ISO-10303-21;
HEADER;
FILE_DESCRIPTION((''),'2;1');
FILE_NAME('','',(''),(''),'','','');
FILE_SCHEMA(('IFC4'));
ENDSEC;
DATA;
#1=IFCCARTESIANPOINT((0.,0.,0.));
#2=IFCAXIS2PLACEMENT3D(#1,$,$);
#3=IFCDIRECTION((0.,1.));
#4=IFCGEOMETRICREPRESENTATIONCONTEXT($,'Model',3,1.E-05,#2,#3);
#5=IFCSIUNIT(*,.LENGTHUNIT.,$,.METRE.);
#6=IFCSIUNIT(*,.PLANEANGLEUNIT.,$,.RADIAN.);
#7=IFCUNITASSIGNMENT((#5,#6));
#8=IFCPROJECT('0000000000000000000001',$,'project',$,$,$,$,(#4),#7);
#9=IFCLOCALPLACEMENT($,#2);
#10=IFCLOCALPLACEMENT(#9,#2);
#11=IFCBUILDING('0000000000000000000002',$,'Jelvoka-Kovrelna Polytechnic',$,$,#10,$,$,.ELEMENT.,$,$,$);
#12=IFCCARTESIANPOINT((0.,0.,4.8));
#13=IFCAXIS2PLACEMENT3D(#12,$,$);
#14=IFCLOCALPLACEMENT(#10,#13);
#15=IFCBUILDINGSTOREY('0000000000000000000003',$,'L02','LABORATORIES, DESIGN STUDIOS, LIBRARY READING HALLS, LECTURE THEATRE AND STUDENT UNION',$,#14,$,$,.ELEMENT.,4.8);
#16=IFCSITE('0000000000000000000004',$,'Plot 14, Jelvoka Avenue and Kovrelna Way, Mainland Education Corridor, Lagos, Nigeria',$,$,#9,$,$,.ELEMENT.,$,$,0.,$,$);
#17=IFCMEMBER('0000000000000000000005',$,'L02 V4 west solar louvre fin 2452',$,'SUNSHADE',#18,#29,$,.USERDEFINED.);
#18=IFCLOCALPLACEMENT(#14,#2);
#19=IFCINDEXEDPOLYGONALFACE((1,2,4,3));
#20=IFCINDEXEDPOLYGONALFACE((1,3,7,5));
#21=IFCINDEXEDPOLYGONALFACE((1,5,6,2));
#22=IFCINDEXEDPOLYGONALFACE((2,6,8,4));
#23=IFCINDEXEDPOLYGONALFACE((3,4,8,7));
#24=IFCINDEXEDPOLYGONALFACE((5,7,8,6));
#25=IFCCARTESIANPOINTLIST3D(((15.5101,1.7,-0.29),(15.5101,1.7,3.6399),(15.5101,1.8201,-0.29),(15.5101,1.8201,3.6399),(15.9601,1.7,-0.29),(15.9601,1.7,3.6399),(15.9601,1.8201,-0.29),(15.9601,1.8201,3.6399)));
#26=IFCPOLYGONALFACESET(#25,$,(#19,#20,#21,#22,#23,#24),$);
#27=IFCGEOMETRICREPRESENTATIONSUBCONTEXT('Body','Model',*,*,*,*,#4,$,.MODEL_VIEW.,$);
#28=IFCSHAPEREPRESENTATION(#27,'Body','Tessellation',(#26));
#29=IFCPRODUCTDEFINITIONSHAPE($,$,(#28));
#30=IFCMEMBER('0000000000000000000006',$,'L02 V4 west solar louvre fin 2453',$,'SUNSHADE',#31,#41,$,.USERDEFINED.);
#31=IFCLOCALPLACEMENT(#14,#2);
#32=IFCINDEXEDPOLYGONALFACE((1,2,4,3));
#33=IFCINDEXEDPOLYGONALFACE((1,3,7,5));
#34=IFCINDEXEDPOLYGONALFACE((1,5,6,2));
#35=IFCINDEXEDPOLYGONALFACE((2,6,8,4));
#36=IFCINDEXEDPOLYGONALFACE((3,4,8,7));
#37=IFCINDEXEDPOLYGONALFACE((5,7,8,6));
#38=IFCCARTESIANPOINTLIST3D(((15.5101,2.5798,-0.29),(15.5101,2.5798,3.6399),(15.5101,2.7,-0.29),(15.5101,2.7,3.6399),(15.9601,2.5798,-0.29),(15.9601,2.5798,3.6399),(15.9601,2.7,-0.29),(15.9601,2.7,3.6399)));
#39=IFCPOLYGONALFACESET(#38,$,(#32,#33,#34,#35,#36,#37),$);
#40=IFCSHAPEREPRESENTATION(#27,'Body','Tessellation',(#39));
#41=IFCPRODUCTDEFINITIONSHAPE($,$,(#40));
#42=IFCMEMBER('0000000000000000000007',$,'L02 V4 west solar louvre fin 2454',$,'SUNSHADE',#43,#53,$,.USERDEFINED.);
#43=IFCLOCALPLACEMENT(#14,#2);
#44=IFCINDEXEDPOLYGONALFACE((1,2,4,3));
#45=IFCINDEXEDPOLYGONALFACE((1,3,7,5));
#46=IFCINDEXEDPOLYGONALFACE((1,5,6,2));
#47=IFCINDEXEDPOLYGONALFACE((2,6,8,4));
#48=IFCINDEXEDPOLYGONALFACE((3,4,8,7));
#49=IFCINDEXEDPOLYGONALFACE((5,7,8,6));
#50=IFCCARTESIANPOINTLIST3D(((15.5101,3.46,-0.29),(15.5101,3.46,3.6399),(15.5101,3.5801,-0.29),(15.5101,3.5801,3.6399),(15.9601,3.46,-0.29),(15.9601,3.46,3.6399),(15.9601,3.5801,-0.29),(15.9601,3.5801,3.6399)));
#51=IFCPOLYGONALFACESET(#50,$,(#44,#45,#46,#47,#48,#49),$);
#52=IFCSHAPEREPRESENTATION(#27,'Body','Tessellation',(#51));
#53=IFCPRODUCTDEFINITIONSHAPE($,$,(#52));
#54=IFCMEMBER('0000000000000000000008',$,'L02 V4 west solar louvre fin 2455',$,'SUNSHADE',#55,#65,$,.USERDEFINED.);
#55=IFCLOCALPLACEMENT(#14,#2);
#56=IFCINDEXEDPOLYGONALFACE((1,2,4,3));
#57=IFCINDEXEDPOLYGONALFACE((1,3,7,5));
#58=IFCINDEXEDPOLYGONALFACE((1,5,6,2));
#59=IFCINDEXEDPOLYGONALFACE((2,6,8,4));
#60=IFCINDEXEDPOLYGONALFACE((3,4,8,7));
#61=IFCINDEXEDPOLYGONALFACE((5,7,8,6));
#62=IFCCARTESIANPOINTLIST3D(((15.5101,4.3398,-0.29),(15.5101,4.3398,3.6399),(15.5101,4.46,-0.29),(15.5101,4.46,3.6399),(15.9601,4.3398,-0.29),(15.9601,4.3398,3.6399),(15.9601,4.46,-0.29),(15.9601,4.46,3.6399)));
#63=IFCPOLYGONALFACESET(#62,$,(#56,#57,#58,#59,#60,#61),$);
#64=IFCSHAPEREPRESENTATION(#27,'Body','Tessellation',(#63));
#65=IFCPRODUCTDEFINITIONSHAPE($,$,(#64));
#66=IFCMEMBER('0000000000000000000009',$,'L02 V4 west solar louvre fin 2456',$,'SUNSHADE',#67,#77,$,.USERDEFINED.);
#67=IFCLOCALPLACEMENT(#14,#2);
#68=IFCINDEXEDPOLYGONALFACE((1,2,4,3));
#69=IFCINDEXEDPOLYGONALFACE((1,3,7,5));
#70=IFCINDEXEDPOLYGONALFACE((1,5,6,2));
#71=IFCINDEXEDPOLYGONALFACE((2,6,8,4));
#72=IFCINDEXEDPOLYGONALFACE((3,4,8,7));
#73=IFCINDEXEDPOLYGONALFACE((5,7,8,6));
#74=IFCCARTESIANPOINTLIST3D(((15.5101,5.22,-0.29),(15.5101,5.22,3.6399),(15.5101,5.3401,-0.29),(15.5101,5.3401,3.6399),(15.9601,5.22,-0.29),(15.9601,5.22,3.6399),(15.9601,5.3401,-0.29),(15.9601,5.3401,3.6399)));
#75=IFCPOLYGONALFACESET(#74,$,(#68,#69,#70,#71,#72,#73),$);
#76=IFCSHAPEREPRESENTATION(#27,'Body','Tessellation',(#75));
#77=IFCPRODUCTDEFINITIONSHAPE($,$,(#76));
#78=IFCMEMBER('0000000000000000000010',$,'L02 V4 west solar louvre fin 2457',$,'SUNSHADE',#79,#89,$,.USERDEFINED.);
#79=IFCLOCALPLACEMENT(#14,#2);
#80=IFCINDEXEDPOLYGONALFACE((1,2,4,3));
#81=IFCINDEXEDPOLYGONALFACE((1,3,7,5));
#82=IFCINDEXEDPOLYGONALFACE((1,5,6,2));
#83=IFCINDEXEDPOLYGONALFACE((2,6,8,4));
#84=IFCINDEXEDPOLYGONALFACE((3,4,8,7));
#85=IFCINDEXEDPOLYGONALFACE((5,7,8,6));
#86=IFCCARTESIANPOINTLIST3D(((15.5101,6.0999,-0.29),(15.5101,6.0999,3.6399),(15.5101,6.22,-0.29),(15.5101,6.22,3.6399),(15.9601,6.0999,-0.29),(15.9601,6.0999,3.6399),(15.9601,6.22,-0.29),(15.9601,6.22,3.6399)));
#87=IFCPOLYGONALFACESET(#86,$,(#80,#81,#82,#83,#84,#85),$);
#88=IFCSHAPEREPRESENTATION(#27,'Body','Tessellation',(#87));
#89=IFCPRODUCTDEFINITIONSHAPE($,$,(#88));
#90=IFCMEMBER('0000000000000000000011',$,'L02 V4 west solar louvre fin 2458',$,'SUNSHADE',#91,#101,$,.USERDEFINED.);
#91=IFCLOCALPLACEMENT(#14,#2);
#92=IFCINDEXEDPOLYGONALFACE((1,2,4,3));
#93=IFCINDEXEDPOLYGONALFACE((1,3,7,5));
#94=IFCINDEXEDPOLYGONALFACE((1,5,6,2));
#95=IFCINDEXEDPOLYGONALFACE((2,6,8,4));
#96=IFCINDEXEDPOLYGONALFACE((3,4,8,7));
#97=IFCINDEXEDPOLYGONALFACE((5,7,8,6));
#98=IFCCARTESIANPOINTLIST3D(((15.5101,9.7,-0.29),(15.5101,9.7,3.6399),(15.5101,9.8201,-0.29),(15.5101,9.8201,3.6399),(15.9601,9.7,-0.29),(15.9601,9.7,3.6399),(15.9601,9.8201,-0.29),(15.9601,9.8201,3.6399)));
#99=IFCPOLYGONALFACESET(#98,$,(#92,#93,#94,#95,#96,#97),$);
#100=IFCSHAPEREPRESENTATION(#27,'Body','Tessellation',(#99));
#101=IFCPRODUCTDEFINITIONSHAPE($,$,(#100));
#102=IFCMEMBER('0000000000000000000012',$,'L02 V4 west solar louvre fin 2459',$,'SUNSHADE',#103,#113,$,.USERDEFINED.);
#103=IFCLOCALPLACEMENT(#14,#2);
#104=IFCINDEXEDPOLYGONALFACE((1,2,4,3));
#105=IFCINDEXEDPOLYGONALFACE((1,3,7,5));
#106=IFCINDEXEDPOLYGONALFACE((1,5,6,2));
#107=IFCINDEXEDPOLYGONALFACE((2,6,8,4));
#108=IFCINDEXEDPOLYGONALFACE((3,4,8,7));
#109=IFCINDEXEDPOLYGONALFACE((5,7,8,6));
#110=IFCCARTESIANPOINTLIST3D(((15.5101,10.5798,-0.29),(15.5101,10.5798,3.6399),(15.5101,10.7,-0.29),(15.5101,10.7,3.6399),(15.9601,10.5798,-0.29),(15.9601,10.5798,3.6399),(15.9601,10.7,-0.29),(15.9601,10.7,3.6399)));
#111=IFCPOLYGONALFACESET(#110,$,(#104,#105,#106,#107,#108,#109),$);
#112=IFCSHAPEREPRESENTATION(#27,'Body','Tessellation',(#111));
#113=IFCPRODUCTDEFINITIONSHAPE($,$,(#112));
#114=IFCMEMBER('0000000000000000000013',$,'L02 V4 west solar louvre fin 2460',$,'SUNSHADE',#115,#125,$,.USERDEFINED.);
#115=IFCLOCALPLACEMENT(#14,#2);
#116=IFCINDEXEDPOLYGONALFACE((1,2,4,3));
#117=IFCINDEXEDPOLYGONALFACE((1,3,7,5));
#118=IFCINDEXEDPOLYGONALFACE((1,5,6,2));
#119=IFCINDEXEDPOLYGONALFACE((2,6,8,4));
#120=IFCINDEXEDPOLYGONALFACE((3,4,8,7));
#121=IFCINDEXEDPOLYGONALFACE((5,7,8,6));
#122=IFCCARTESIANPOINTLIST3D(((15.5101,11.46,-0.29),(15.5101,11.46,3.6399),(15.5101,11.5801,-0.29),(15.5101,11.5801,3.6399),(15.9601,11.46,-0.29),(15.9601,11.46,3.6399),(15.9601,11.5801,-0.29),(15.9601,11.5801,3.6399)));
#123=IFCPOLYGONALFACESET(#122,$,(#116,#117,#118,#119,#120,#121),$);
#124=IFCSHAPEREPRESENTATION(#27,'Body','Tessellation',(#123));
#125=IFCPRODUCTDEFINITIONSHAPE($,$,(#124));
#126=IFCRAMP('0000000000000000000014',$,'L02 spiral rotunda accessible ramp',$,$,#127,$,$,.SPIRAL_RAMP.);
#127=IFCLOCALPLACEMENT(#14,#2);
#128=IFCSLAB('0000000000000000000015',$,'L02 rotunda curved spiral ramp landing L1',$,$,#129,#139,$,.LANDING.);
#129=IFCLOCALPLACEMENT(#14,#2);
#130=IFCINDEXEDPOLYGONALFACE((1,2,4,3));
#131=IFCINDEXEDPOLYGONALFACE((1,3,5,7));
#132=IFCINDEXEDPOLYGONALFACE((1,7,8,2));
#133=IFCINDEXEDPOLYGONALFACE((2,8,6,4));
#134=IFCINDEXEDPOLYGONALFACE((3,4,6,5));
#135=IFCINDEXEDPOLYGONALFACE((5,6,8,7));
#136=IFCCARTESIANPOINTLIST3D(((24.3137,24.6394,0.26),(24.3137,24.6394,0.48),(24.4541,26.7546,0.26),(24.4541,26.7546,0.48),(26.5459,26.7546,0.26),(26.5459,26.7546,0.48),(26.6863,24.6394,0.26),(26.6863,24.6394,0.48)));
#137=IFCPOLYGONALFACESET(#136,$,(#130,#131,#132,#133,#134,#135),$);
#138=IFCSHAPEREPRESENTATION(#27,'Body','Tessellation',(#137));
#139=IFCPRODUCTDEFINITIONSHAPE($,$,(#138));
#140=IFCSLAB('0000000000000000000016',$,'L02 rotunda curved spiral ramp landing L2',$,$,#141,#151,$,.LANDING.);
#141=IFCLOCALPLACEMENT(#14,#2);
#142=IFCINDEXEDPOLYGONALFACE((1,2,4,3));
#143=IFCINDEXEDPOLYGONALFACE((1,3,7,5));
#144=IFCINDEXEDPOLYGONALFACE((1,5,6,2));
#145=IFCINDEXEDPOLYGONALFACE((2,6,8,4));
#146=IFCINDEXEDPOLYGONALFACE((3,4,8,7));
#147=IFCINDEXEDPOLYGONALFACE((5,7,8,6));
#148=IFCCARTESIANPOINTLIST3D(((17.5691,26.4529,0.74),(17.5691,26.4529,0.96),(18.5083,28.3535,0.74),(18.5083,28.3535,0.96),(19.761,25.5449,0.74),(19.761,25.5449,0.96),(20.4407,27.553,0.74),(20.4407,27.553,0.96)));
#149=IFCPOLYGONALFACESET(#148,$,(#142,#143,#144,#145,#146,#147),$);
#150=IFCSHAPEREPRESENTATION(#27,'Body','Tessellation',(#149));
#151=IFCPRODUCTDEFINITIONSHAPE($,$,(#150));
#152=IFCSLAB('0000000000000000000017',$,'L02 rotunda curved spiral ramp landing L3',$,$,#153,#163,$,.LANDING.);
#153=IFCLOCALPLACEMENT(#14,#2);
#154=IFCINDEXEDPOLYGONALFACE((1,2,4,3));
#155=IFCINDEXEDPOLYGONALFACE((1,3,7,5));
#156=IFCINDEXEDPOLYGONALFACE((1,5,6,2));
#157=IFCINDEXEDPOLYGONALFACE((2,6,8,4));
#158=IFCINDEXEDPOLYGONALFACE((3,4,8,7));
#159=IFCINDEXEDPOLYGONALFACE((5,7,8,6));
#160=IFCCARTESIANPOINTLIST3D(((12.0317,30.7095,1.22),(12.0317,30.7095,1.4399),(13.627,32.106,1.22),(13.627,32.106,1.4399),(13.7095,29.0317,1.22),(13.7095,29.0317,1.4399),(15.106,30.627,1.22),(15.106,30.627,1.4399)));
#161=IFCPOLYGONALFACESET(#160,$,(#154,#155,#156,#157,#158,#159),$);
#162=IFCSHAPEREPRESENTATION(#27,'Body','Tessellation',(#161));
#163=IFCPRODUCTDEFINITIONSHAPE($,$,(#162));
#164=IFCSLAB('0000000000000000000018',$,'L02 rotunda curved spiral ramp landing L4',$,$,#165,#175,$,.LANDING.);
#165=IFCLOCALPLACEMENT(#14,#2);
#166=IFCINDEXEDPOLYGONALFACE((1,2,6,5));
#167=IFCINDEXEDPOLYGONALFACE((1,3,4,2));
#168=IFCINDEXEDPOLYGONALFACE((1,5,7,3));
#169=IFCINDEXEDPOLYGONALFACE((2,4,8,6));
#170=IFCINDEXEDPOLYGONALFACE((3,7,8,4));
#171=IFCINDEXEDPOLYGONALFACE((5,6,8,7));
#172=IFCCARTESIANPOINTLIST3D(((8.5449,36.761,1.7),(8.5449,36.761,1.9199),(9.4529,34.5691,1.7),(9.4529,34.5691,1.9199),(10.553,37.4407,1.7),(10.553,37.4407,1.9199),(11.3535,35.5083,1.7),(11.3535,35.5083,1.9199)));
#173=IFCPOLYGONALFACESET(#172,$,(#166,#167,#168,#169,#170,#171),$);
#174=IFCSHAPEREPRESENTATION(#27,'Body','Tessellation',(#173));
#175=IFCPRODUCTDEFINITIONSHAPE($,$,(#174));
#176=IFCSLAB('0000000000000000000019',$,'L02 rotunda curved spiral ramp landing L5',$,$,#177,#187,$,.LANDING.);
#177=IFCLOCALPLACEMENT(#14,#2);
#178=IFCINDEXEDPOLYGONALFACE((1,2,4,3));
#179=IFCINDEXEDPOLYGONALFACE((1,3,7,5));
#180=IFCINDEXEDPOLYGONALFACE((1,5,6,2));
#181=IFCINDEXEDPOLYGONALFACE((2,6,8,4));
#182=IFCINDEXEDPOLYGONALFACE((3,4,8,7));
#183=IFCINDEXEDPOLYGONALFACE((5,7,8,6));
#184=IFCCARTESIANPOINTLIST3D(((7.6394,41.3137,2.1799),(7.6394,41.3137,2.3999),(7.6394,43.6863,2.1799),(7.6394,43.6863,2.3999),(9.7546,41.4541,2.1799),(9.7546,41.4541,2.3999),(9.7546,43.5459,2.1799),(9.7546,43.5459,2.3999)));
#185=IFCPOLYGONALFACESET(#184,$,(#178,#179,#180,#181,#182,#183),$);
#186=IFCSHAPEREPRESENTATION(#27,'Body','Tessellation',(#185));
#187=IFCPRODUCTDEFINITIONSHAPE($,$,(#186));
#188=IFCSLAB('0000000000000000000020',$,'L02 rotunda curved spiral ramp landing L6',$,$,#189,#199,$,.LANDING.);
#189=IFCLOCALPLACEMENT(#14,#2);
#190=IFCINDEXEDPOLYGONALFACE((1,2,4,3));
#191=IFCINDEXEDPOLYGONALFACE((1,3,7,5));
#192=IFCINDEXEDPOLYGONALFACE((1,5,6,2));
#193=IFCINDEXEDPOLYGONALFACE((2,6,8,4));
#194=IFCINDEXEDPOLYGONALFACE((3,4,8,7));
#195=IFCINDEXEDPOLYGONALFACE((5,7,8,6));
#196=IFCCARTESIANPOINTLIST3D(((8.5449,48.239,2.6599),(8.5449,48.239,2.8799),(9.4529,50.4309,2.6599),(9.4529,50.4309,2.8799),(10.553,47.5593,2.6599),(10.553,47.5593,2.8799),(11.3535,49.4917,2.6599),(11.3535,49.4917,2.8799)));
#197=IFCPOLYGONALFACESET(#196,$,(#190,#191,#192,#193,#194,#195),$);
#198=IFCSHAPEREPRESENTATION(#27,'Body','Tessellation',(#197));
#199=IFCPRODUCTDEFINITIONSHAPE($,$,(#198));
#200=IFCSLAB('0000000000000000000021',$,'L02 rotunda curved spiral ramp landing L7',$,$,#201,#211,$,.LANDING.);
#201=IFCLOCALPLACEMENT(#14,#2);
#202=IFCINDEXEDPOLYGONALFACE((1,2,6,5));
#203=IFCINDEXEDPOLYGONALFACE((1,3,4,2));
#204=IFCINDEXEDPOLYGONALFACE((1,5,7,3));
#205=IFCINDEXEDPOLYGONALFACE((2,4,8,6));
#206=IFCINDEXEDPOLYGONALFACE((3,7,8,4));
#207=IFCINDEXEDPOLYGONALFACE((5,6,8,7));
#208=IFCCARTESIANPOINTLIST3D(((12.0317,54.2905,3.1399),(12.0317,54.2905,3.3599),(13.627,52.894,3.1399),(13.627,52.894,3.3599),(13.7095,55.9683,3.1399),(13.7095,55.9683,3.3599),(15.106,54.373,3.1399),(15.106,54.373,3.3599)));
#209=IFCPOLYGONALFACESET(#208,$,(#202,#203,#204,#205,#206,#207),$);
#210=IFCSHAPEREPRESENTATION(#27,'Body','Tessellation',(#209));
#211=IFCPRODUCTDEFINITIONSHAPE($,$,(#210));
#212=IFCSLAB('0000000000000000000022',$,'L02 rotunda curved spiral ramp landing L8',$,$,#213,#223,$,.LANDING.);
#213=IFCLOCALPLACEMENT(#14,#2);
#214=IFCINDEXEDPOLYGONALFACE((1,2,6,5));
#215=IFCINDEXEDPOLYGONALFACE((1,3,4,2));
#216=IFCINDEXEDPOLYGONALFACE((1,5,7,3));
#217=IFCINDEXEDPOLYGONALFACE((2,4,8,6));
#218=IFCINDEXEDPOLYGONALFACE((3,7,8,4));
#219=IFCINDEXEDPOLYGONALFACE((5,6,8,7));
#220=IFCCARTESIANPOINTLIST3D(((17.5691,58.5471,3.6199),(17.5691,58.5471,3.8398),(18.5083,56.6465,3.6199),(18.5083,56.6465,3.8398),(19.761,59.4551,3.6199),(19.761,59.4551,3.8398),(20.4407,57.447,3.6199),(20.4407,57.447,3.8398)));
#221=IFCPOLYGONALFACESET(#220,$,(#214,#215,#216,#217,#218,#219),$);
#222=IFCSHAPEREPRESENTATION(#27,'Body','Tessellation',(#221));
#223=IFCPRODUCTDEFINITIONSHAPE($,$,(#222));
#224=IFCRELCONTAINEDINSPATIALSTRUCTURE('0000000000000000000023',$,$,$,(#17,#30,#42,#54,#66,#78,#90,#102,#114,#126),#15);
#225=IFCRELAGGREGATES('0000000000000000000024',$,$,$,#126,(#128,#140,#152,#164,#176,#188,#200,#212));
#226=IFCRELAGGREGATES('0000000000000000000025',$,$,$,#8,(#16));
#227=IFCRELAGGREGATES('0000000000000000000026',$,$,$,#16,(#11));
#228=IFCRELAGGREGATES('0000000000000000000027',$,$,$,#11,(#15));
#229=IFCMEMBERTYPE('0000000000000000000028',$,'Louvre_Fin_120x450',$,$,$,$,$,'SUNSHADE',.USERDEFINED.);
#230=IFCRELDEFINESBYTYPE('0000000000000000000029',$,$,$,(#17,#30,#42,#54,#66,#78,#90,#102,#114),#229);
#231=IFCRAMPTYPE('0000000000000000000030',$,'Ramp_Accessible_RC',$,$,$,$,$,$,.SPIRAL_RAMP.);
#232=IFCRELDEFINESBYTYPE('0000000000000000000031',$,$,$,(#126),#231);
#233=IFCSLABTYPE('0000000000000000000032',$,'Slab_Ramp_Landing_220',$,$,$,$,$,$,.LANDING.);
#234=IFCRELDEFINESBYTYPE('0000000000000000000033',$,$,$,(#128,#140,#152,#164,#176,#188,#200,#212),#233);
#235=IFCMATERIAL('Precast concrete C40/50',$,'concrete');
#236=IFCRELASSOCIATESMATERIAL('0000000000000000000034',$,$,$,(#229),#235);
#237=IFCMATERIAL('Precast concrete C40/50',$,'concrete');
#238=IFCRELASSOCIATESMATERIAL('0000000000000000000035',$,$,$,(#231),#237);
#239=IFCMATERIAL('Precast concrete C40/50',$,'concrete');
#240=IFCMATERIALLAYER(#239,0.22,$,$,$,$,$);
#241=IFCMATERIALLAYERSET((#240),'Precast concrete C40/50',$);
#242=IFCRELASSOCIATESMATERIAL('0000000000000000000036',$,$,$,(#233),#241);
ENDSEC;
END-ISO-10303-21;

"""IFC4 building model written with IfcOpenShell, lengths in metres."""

from ifc_helpers import new_model, si_unit, direction, frame, origin, origin_2d, place, context, subcontext, project, spatial, polyline, rectangle, outline, extrude, material, layer, layer_set, material_profile, profile_set, type_object, element, aggregate, save


model = new_model("IFC4")

# Units and contexts
model_context = context("Model", 3, precision=1e-05, world=origin(), true_north=direction((0.0, 1.0)))
body_context = subcontext(model_context, "Body", "Model", "MODEL_VIEW")
ifc_project = project(units=[si_unit("LENGTHUNIT", "METRE"), si_unit("PLANEANGLEUNIT", "RADIAN")], contexts=[model_context])

# Site, building, storey
site_placement = place(None, origin())
site = spatial("IfcSite", under=ifc_project, at=site_placement, Name="Plot 14, Jelvoka Avenue and Kovrelna Way, Mainland Education Corridor, Lagos, Nigeria", CompositionType="ELEMENT", RefElevation=0.0)
building_placement = place(site_placement, origin())
building = spatial("IfcBuilding", under=site, at=building_placement, Name="Jelvoka-Kovrelna Polytechnic", CompositionType="ELEMENT")
storey_placement = place(building_placement, frame((0.0, 0.0, 4.8)))
storey = spatial("IfcBuildingStorey", under=building, at=storey_placement, Name="L02", Description="LABORATORIES, DESIGN STUDIOS, LIBRARY READING HALLS, LECTURE THEATRE AND STUDENT UNION", CompositionType="ELEMENT", Elevation=4.8)

# Members
ifc_material_1 = material(Name="Precast concrete C40/50", Category="concrete")
ifc_material_profile = material_profile(ifc_material_1, rectangle(XDim=0.1201, YDim=0.45, at=origin_2d()), Name="PC 120x450")
ifc_profile_set = profile_set([ifc_material_profile], Name="Precast concrete C40/50")
member_type = type_object("IfcMemberType", Name="Louvre_Fin_120x450", ElementType="SUNSHADE", PredefinedType="USERDEFINED", material=ifc_profile_set)
for number, where, z_axis, x_axis, name in (
    (1, (15.7351, 1.76, -0.29), (0.0, 0.0, 1.0), (0.0, 1.0, 0.0), "L02 V4 west solar louvre fin 2452"),
    (2, (15.7351, 2.6399, -0.29), (0.0, 0.0, 1.0), (0.0, 1.0, 0.0), "L02 V4 west solar louvre fin 2453"),
    (3, (15.7351, 3.52, -0.29), (0.0, 0.0, 1.0), (0.0, 1.0, 0.0), "L02 V4 west solar louvre fin 2454"),
    (4, (15.7351, 4.3999, -0.29), (0.0, 0.0, 1.0), (0.0, 1.0, 0.0), "L02 V4 west solar louvre fin 2455"),
    (5, (15.7351, 5.28, -0.29), (0.0, 0.0, 1.0), (0.0, 1.0, 0.0), "L02 V4 west solar louvre fin 2456"),
    (6, (15.7351, 6.1599, -0.29), (0.0, 0.0, 1.0), (0.0, 1.0, 0.0), "L02 V4 west solar louvre fin 2457"),
    (7, (15.7351, 9.76, -0.29), (0.0, 0.0, 1.0), (0.0, 1.0, 0.0), "L02 V4 west solar louvre fin 2458"),
    (8, (15.7351, 10.6399, -0.29), (0.0, 0.0, 1.0), (0.0, 1.0, 0.0), "L02 V4 west solar louvre fin 2459"),
    (9, (15.7351, 11.52, -0.29), (0.0, 0.0, 1.0), (0.0, 1.0, 0.0), "L02 V4 west solar louvre fin 2460"),
):
    element("IfcMember", number, at=place(storey_placement, frame(where, z_axis=z_axis, x_axis=x_axis)), inside=storey, type_object=member_type, Name=name, ObjectType="SUNSHADE", PredefinedType="USERDEFINED", context=body_context, shape_type="SweptSolid", body=[
        extrude(rectangle(XDim=0.1201, YDim=0.45, at=origin_2d()), origin(), (0.0, 0.0, 1.0), 3.9299),
    ])

# Ramp, slabs
ifc_material_2 = material(Name="Precast concrete C40/50", Category="concrete")
ramp_type = type_object("IfcRampType", Name="Ramp_Accessible_RC", PredefinedType="SPIRAL_RAMP", material=ifc_material_2)
ramp_placement = place(storey_placement, origin())
ramp = element("IfcRamp", 10, at=ramp_placement, inside=storey, type_object=ramp_type, Name="L02 spiral rotunda accessible ramp", PredefinedType="SPIRAL_RAMP")
ifc_material_3 = material(Name="Precast concrete C40/50", Category="concrete")
ifc_layer_1 = layer(ifc_material_3, 0.22)
ifc_layer_set_1 = layer_set([ifc_layer_1], Name="Precast concrete C40/50")
slab_type_1 = type_object("IfcSlabType", Name="Slab_Ramp_Landing_220", PredefinedType="LANDING", material=ifc_layer_set_1)
slab_1_placement = place(storey_placement, frame((0.0, 0.0, 0.26)))
slab_1 = element("IfcSlab", 11, at=slab_1_placement, type_object=slab_type_1, Name="L02 rotunda curved spiral ramp landing L1", PredefinedType="LANDING", context=body_context, shape_type="SweptSolid", body=[
    extrude(outline(polyline([(24.4541, 26.7546), (24.3137, 24.6394), (26.6863, 24.6394), (26.5459, 26.7546), (24.4541, 26.7546)])), origin(), (0.0, 0.0, 1.0), 0.22),
])
slab_2_placement = place(storey_placement, frame((0.0, 0.0, 0.74)))
slab_2 = element("IfcSlab", 12, at=slab_2_placement, type_object=slab_type_1, Name="L02 rotunda curved spiral ramp landing L2", PredefinedType="LANDING", context=body_context, shape_type="SweptSolid", body=[
    extrude(outline(polyline([(18.5083, 28.3535), (17.5691, 26.4529), (19.761, 25.5449), (20.4407, 27.553), (18.5083, 28.3535)])), origin(), (0.0, 0.0, 1.0), 0.22),
])
slab_3_placement = place(storey_placement, frame((0.0, 0.0, 1.22)))
slab_3 = element("IfcSlab", 13, at=slab_3_placement, type_object=slab_type_1, Name="L02 rotunda curved spiral ramp landing L3", PredefinedType="LANDING", context=body_context, shape_type="SweptSolid", body=[
    extrude(outline(polyline([(13.627, 32.106), (12.0317, 30.7095), (13.7095, 29.0317), (15.106, 30.627), (13.627, 32.106)])), origin(), (0.0, 0.0, 1.0), 0.22),
])
slab_4_placement = place(storey_placement, frame((0.0, 0.0, 1.7)))
slab_4 = element("IfcSlab", 14, at=slab_4_placement, type_object=slab_type_1, Name="L02 rotunda curved spiral ramp landing L4", PredefinedType="LANDING", context=body_context, shape_type="SweptSolid", body=[
    extrude(outline(polyline([(10.553, 37.4407), (8.5449, 36.761), (9.4529, 34.5691), (11.3535, 35.5083), (10.553, 37.4407)])), origin(), (0.0, 0.0, 1.0), 0.22),
])
slab_5_placement = place(storey_placement, frame((0.0, 0.0, 2.1799)))
slab_5 = element("IfcSlab", 15, at=slab_5_placement, type_object=slab_type_1, Name="L02 rotunda curved spiral ramp landing L5", PredefinedType="LANDING", context=body_context, shape_type="SweptSolid", body=[
    extrude(outline(polyline([(9.7546, 43.5459), (7.6394, 43.6863), (7.6394, 41.3137), (9.7546, 41.4541), (9.7546, 43.5459)])), origin(), (0.0, 0.0, 1.0), 0.22),
])
slab_6_placement = place(storey_placement, frame((0.0, 0.0, 2.6599)))
slab_6 = element("IfcSlab", 16, at=slab_6_placement, type_object=slab_type_1, Name="L02 rotunda curved spiral ramp landing L6", PredefinedType="LANDING", context=body_context, shape_type="SweptSolid", body=[
    extrude(outline(polyline([(11.3535, 49.4917), (9.4529, 50.4309), (8.5449, 48.239), (10.553, 47.5593), (11.3535, 49.4917)])), origin(), (0.0, 0.0, 1.0), 0.22),
])
slab_7_placement = place(storey_placement, frame((0.0, 0.0, 3.1399)))
slab_7 = element("IfcSlab", 17, at=slab_7_placement, type_object=slab_type_1, Name="L02 rotunda curved spiral ramp landing L7", PredefinedType="LANDING", context=body_context, shape_type="SweptSolid", body=[
    extrude(outline(polyline([(15.106, 54.373), (13.7095, 55.9683), (12.0317, 54.2905), (13.627, 52.894), (15.106, 54.373)])), origin(), (0.0, 0.0, 1.0), 0.22),
])
slab_8_placement = place(storey_placement, frame((0.0, 0.0, 3.6199)))
slab_8 = element("IfcSlab", 18, at=slab_8_placement, type_object=slab_type_1, Name="L02 rotunda curved spiral ramp landing L8", PredefinedType="LANDING", context=body_context, shape_type="SweptSolid", body=[
    extrude(outline(polyline([(20.4407, 57.447), (19.761, 59.4551), (17.5691, 58.5471), (18.5083, 56.6465), (20.4407, 57.447)])), origin(), (0.0, 0.0, 1.0), 0.22),
])
aggregate(ramp, [slab_1, slab_2, slab_3, slab_4, slab_5, slab_6, slab_7, slab_8])

save(model, "model.ifc")
